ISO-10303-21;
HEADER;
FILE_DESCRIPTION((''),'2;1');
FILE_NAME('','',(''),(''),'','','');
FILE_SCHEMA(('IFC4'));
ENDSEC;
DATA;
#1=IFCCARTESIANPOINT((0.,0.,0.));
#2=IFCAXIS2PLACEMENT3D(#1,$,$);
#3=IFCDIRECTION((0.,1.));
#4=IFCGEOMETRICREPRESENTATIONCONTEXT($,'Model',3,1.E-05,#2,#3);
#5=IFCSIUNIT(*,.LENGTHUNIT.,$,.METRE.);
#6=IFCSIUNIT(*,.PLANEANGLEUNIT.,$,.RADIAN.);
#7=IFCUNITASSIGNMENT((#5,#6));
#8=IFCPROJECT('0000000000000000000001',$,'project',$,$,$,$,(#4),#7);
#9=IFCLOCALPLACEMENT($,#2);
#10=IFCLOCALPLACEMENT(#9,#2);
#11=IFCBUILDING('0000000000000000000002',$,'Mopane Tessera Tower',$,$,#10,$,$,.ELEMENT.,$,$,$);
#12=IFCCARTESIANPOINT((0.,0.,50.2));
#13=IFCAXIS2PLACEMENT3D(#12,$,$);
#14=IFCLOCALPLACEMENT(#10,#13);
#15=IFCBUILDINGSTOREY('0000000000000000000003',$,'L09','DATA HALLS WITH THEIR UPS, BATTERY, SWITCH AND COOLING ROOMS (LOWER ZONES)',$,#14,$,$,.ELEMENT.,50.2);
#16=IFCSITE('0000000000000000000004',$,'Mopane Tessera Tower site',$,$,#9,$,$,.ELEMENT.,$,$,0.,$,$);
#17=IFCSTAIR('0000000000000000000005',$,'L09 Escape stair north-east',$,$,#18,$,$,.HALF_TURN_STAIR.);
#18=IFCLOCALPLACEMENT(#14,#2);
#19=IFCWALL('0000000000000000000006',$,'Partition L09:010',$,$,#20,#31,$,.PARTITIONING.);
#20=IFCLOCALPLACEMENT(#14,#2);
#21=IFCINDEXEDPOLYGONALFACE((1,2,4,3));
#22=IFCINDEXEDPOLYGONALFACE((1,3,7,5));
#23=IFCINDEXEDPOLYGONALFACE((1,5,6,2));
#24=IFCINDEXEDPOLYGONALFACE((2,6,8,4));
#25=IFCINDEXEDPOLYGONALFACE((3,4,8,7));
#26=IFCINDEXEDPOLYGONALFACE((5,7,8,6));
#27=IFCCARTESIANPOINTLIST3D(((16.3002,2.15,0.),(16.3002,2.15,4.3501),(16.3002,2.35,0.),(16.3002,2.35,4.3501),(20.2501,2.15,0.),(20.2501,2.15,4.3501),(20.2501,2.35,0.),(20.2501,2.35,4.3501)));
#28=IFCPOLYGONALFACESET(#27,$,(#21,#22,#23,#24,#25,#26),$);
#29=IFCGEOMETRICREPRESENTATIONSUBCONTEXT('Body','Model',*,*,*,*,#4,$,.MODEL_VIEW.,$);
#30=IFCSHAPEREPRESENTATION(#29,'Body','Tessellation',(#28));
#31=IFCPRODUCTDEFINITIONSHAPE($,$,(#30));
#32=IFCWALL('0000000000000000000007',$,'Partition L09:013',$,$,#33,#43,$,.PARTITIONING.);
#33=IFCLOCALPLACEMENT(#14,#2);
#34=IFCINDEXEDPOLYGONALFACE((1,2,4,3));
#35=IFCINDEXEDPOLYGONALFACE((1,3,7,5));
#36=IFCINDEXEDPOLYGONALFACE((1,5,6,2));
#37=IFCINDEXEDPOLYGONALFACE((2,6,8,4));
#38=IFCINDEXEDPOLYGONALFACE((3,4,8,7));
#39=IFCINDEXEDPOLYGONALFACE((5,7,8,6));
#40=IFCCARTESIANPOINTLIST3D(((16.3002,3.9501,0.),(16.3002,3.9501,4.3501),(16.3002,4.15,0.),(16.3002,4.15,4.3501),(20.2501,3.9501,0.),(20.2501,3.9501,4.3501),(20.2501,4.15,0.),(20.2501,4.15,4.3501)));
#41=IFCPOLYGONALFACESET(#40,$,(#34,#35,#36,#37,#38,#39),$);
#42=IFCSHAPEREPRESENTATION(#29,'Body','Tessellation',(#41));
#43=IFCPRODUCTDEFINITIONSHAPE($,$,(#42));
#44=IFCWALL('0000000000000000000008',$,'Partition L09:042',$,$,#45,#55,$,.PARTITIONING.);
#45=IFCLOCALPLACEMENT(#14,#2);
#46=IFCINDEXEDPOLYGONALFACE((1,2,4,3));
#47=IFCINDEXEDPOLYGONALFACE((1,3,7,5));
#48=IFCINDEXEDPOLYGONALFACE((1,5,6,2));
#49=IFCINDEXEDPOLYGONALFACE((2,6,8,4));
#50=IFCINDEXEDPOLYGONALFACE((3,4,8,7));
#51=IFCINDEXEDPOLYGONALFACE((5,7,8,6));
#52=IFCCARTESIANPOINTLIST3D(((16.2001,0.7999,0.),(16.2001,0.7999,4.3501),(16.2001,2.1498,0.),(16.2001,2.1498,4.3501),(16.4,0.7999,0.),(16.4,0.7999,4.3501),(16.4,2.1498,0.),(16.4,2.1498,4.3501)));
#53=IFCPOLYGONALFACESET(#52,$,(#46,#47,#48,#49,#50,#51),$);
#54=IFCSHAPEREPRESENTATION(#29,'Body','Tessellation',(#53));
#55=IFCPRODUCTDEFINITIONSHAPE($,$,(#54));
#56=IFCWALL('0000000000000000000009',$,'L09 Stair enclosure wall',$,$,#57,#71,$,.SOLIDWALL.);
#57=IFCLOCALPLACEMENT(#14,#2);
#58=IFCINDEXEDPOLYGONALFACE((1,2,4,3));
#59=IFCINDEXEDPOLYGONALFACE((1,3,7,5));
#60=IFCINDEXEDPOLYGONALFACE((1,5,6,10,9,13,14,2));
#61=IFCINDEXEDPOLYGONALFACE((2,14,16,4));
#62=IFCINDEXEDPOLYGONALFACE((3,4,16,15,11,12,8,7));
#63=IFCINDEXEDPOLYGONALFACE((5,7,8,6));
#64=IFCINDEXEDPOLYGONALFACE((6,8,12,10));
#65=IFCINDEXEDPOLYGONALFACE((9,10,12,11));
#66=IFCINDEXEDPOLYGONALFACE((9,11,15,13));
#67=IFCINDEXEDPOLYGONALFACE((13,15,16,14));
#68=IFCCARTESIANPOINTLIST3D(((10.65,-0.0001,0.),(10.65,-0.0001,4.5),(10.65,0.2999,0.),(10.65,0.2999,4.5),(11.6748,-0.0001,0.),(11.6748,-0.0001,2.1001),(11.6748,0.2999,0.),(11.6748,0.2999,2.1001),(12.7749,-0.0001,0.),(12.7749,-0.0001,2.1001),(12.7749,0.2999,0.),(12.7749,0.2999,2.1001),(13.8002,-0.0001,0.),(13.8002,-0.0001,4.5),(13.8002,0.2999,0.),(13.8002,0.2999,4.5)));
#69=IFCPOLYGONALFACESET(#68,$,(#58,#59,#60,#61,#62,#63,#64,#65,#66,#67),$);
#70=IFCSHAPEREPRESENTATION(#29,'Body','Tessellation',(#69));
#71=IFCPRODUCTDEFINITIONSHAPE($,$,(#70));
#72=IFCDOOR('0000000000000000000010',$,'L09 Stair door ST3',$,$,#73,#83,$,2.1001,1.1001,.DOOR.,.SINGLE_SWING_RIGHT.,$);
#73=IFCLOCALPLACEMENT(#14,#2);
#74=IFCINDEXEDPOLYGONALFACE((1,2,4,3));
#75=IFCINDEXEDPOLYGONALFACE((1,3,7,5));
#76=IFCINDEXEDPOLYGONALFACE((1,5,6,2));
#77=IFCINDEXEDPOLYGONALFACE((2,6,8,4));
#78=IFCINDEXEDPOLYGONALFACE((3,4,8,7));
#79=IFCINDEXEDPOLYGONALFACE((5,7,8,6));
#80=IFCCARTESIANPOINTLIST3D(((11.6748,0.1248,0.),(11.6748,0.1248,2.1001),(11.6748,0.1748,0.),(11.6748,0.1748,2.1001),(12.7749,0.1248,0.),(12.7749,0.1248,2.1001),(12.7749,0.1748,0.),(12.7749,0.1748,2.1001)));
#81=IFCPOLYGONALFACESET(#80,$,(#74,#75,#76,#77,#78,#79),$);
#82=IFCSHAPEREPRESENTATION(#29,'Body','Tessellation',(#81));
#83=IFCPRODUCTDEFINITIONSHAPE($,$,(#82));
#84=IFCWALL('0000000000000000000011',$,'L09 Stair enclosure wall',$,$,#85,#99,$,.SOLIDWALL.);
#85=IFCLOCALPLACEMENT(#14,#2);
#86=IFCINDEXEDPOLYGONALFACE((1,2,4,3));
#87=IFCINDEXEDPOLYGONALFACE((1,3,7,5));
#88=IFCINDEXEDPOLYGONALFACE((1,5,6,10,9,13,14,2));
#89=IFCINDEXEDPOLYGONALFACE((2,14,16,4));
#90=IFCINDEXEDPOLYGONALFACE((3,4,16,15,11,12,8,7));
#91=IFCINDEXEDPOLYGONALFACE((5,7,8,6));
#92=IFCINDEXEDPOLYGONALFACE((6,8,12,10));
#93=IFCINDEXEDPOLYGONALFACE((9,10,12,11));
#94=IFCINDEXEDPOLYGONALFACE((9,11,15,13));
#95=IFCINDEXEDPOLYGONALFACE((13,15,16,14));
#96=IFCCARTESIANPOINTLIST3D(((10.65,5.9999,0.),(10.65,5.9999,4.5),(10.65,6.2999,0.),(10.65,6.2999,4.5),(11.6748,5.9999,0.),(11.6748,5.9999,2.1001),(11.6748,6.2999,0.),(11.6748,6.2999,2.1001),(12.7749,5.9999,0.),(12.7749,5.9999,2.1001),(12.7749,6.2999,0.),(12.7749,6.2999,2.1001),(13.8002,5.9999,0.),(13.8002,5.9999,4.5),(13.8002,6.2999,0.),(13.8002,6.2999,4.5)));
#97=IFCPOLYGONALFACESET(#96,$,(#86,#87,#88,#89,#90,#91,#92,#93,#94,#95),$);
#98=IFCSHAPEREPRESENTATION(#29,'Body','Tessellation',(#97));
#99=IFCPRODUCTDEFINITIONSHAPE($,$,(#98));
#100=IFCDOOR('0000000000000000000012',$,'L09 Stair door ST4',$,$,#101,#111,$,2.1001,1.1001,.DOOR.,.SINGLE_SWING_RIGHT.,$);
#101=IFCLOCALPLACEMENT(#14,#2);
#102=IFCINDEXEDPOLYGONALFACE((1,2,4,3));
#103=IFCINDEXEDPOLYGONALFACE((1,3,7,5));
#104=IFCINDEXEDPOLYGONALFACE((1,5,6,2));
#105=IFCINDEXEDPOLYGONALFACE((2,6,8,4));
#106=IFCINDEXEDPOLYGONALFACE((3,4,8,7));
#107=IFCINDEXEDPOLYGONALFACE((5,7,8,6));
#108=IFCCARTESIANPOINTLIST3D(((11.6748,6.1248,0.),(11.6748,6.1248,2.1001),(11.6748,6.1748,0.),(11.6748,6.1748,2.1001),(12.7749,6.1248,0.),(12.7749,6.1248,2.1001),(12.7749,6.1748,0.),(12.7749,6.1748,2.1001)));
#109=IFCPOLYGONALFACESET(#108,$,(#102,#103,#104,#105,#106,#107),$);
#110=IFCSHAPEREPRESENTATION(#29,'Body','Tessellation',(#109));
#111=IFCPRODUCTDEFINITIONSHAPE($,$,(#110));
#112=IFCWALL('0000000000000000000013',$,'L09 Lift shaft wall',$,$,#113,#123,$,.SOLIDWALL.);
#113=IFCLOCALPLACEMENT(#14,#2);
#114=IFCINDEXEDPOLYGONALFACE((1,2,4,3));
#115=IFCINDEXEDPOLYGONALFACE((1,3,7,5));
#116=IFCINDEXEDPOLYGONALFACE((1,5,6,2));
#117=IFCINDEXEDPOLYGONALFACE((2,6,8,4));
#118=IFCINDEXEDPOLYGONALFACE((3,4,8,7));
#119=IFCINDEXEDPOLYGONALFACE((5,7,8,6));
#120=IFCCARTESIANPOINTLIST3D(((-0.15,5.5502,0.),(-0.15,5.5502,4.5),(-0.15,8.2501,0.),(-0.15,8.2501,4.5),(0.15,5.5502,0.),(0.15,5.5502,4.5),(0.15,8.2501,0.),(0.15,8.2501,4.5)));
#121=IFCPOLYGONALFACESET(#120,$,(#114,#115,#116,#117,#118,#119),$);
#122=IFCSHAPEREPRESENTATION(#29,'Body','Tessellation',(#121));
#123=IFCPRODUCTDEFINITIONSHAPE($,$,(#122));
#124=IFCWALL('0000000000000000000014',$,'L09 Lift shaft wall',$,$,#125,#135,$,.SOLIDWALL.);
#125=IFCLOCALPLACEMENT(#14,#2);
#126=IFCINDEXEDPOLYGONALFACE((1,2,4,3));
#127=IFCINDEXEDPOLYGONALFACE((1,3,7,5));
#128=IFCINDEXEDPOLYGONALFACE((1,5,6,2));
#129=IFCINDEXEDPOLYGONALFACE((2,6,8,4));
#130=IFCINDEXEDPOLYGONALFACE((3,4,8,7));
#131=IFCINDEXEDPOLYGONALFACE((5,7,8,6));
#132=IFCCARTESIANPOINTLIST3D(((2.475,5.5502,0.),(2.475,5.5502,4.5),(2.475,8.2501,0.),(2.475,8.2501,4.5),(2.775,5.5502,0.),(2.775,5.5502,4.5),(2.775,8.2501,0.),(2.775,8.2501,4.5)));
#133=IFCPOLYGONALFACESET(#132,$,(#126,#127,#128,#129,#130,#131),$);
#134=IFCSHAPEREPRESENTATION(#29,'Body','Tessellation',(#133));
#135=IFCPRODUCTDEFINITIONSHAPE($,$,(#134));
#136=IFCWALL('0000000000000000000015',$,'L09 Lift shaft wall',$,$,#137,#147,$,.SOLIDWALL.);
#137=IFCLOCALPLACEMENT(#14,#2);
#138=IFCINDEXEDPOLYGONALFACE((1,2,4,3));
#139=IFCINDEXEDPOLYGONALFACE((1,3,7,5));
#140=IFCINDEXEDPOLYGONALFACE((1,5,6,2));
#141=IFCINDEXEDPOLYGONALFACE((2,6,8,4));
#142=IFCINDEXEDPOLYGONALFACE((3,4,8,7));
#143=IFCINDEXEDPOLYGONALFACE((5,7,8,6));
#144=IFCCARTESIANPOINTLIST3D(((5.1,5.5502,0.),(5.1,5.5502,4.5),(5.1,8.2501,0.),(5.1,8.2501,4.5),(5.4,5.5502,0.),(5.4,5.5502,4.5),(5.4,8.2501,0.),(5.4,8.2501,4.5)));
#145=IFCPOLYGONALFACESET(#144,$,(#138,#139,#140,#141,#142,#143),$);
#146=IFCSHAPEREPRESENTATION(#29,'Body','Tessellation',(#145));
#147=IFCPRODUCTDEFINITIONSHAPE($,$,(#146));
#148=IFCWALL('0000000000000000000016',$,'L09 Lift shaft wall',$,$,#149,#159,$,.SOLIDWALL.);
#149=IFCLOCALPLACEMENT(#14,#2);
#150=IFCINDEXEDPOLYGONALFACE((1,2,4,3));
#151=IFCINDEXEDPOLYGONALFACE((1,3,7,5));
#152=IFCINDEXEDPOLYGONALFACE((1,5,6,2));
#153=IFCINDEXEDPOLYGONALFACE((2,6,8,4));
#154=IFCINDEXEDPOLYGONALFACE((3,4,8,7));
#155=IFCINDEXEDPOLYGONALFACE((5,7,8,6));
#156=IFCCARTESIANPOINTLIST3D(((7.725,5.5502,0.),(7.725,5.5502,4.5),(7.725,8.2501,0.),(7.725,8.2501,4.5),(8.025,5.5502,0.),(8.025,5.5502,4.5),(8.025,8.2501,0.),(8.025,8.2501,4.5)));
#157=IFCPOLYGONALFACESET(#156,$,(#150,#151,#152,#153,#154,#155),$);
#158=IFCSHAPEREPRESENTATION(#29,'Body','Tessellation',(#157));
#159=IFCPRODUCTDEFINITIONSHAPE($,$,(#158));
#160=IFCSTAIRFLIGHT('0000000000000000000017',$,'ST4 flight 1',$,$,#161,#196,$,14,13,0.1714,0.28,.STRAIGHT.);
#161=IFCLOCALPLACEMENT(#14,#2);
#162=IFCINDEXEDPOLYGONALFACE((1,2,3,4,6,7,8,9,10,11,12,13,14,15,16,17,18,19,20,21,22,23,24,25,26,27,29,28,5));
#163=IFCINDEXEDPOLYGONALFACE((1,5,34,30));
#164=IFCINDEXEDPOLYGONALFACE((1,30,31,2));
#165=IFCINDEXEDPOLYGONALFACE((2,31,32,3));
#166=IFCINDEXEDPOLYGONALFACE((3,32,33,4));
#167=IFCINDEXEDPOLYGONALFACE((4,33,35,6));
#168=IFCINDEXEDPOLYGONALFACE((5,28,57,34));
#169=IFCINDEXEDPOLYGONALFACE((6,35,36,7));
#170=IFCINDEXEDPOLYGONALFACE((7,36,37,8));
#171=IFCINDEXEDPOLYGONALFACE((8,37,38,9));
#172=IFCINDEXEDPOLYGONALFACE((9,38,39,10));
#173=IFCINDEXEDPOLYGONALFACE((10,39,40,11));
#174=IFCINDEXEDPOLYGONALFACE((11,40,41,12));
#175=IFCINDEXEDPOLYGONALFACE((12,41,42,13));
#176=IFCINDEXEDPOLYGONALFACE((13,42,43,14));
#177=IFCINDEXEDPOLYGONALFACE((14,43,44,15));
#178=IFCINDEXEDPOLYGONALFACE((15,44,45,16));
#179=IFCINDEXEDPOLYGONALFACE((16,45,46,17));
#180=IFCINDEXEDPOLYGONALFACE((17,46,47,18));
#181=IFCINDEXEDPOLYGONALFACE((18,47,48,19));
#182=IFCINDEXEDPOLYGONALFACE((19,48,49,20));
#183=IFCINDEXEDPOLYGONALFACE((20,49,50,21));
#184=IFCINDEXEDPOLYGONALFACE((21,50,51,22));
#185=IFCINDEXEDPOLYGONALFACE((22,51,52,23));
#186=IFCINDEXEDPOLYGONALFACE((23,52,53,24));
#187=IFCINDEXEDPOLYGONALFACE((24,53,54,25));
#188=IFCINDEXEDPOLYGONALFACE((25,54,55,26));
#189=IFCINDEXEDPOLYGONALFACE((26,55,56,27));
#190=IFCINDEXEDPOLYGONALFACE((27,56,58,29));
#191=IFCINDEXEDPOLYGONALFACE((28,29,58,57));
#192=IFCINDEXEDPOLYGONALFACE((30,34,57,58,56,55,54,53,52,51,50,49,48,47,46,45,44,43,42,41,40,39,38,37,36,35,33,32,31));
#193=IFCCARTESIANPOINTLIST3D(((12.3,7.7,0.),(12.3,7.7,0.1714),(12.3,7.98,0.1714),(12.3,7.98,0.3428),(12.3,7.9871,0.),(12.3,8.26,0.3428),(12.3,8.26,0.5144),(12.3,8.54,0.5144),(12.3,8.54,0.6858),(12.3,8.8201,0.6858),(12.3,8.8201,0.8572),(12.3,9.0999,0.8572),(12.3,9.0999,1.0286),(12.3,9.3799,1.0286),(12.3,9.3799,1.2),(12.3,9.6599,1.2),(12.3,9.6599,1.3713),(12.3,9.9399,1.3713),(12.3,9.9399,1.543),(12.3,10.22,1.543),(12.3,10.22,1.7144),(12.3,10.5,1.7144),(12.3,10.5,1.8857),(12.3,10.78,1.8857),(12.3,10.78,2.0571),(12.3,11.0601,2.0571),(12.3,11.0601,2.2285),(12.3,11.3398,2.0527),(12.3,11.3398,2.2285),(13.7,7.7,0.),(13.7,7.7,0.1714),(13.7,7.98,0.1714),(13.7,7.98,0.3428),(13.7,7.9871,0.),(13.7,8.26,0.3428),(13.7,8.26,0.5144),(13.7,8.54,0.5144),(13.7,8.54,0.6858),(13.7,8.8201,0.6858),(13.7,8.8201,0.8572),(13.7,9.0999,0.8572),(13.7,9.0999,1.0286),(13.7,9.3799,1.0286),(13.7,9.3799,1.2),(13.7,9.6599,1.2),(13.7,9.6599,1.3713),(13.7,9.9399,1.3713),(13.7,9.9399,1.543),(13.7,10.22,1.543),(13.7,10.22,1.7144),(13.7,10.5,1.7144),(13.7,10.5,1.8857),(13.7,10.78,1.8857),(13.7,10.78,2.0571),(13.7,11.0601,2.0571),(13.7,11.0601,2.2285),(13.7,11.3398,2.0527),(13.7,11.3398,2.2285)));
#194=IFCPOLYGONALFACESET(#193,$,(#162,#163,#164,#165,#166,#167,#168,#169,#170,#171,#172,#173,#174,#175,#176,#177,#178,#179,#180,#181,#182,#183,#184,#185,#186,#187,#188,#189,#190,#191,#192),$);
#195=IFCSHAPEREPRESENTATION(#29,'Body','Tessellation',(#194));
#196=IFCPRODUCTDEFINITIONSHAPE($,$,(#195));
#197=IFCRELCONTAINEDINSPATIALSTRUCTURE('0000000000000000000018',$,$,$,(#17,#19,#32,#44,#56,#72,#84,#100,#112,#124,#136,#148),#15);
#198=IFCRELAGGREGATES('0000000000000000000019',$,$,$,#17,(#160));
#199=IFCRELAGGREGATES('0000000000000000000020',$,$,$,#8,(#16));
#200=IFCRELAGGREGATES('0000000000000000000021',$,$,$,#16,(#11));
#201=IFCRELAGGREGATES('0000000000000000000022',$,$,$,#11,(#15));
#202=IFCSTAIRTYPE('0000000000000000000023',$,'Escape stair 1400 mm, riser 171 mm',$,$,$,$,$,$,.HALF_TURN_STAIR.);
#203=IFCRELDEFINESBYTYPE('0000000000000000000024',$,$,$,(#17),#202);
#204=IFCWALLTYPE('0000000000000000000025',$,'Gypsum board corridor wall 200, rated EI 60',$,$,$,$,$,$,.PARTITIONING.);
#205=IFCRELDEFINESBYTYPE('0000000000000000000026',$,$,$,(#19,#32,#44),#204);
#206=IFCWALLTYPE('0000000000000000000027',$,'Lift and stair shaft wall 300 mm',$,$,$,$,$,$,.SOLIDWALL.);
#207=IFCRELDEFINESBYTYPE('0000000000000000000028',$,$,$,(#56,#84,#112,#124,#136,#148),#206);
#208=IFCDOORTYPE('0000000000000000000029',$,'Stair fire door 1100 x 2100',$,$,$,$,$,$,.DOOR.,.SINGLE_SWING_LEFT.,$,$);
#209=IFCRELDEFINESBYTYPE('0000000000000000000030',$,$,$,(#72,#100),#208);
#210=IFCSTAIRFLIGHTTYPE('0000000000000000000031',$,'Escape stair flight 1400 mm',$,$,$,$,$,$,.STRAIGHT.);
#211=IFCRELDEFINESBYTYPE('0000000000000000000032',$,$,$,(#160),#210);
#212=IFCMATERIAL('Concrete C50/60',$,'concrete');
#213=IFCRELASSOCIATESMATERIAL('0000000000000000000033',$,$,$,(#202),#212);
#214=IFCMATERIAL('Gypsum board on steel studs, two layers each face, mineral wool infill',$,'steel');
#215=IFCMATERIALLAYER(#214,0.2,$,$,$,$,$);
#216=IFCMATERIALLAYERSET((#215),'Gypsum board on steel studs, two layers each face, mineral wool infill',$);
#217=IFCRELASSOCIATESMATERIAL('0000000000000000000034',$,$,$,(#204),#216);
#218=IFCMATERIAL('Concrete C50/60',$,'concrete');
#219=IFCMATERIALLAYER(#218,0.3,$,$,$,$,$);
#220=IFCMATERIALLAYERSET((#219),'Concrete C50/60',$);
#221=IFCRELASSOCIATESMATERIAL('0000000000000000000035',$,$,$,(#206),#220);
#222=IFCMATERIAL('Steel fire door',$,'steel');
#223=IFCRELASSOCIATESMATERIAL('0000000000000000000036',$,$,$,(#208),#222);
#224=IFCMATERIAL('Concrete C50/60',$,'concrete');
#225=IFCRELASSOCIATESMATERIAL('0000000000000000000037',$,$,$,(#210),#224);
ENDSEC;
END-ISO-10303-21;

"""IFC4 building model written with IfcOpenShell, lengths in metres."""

from ifc_helpers import new_model, si_unit, direction, frame, frame_2d, origin, place, context, subcontext, project, spatial, polyline, rectangle, outline, extrude, material, layer, layer_set, type_object, element, fill, aggregate, save


model = new_model("IFC4")

# Units and contexts
model_context = context("Model", 3, precision=1e-05, world=origin(), true_north=direction((0.0, 1.0)))
body_context = subcontext(model_context, "Body", "Model", "MODEL_VIEW")
ifc_project = project(units=[si_unit("LENGTHUNIT", "METRE"), si_unit("PLANEANGLEUNIT", "RADIAN")], contexts=[model_context])

# Site, building, storey
site_placement = place(None, origin())
site = spatial("IfcSite", under=ifc_project, at=site_placement, Name="Mopane Tessera Tower site", CompositionType="ELEMENT", RefElevation=0.0)
building_placement = place(site_placement, origin())
building = spatial("IfcBuilding", under=site, at=building_placement, Name="Mopane Tessera Tower", CompositionType="ELEMENT")
storey_placement = place(building_placement, frame((0.0, 0.0, 50.2)))
storey = spatial("IfcBuildingStorey", under=building, at=storey_placement, Name="L09", Description="DATA HALLS WITH THEIR UPS, BATTERY, SWITCH AND COOLING ROOMS (LOWER ZONES)", CompositionType="ELEMENT", Elevation=50.2)

# Stair
ifc_material_1 = material(Name="Concrete C50/60", Category="concrete")
stair_type = type_object("IfcStairType", Name="Escape stair 1400 mm, riser 171 mm", PredefinedType="HALF_TURN_STAIR", material=ifc_material_1)
stair_placement = place(storey_placement, origin())
stair = element("IfcStair", 1, at=stair_placement, inside=storey, type_object=stair_type, Name="L09 Escape stair north-east", PredefinedType="HALF_TURN_STAIR")

# Walls
ifc_material_2 = material(Name="Gypsum board on steel studs, two layers each face, mineral wool infill", Category="steel")
ifc_layer_1 = layer(ifc_material_2, 0.2)
ifc_layer_set_1 = layer_set([ifc_layer_1], Name="Gypsum board on steel studs, two layers each face, mineral wool infill")
wall_type_1 = type_object("IfcWallType", Name="Gypsum board corridor wall 200, rated EI 60", PredefinedType="PARTITIONING", material=ifc_layer_set_1)
for number, where, z_axis, x_axis, name in (
    (2, (16.3, 2.25, 0.0), (0.0, 0.0, 1.0), (1.0, 0.0, 0.0), "Partition L09:010"),
    (3, (16.3, 4.05, 0.0), (0.0, 0.0, 1.0), (1.0, 0.0, 0.0), "Partition L09:013"),
):
    element("IfcWall", number, at=place(storey_placement, frame(where, z_axis=z_axis, x_axis=x_axis)), inside=storey, type_object=wall_type_1, Name=name, PredefinedType="PARTITIONING", context=body_context, shape_type="SweptSolid", body=[
        extrude(rectangle(XDim=3.95, YDim=0.2, at=frame_2d((1.9751, 0.0))), origin(), (0.0, 0.0, 1.0), 4.3501),
    ])
wall_1_placement = place(storey_placement, frame((16.3, 0.8, 0.0), z_axis=(0.0, 0.0, 1.0), x_axis=(0.0, 1.0, 0.0)))
element("IfcWall", 4, at=wall_1_placement, inside=storey, type_object=wall_type_1, Name="Partition L09:042", PredefinedType="PARTITIONING", context=body_context, shape_type="SweptSolid", body=[
    extrude(rectangle(XDim=1.3499, YDim=0.2, at=frame_2d((0.6748, 0.0))), origin(), (0.0, 0.0, 1.0), 4.3501),
])

# Walls, openings, doors
ifc_material_3 = material(Name="Concrete C50/60", Category="concrete")
ifc_layer_2 = layer(ifc_material_3, 0.3)
ifc_layer_set_2 = layer_set([ifc_layer_2], Name="Concrete C50/60")
wall_type_2 = type_object("IfcWallType", Name="Lift and stair shaft wall 300 mm", PredefinedType="SOLIDWALL", material=ifc_layer_set_2)
wall_2_placement = place(storey_placement, frame((10.6499, 0.1499, 0.0), z_axis=(0.0, 0.0, 1.0), x_axis=(1.0, 0.0, 0.0)))
wall_2 = element("IfcWall", 5, at=wall_2_placement, inside=storey, type_object=wall_type_2, Name="L09 Stair enclosure wall", PredefinedType="SOLIDWALL", context=body_context, shape_type="SweptSolid", body=[
    extrude(rectangle(XDim=3.1501, YDim=0.3, at=frame_2d((1.5752, 0.0))), origin(), (0.0, 0.0, 1.0), 4.5),
])
opening_1_placement = place(wall_2_placement, frame((1.0249, 0.0, 0.0)))
opening_1 = element("IfcOpeningElement", 6, at=opening_1_placement, cuts=wall_2, PredefinedType="OPENING", context=body_context, shape_type="SweptSolid", body=[
    extrude(rectangle(XDim=1.1001, YDim=2.1001, at=frame_2d((0.55, 1.05))), frame((0.0, 0.1621, 0.0), z_axis=(0.0, -1.0, 0.0), x_axis=(1.0, 0.0, 0.0)), (0.0, 0.0, 1.0), 0.324),
])
ifc_material_4 = material(Name="Steel fire door", Category="steel")
door_type = type_object("IfcDoorType", Name="Stair fire door 1100 x 2100", OperationType="SINGLE_SWING_LEFT", PredefinedType="DOOR", material=ifc_material_4)
door_1_placement = place(opening_1_placement, origin())
door_1 = element("IfcDoor", 7, at=door_1_placement, inside=storey, type_object=door_type, Name="L09 Stair door ST3", OperationType="SINGLE_SWING_RIGHT", OverallHeight=2.1001, OverallWidth=1.1001, PredefinedType="DOOR", context=body_context, shape_type="SweptSolid", body=[
    extrude(rectangle(XDim=1.1001, YDim=2.1001, at=frame_2d((0.55, 1.05))), frame((0.0, 0.0249, 0.0), z_axis=(0.0, -1.0, 0.0), x_axis=(1.0, 0.0, 0.0)), (0.0, 0.0, 1.0), 0.05),
])
fill(opening_1, door_1)
wall_3_placement = place(storey_placement, frame((10.6499, 6.1499, 0.0), z_axis=(0.0, 0.0, 1.0), x_axis=(1.0, 0.0, 0.0)))
wall_3 = element("IfcWall", 8, at=wall_3_placement, inside=storey, type_object=wall_type_2, Name="L09 Stair enclosure wall", PredefinedType="SOLIDWALL", context=body_context, shape_type="SweptSolid", body=[
    extrude(rectangle(XDim=3.1501, YDim=0.3, at=frame_2d((1.5752, 0.0))), origin(), (0.0, 0.0, 1.0), 4.5),
])
opening_2_placement = place(wall_3_placement, frame((1.0249, 0.0, 0.0)))
opening_2 = element("IfcOpeningElement", 9, at=opening_2_placement, cuts=wall_3, PredefinedType="OPENING", context=body_context, shape_type="SweptSolid", body=[
    extrude(rectangle(XDim=1.1001, YDim=2.1001, at=frame_2d((0.55, 1.05))), frame((0.0, 0.1621, 0.0), z_axis=(0.0, -1.0, 0.0), x_axis=(1.0, 0.0, 0.0)), (0.0, 0.0, 1.0), 0.324),
])
door_2_placement = place(opening_2_placement, origin())
door_2 = element("IfcDoor", 10, at=door_2_placement, inside=storey, type_object=door_type, Name="L09 Stair door ST4", OperationType="SINGLE_SWING_RIGHT", OverallHeight=2.1001, OverallWidth=1.1001, PredefinedType="DOOR", context=body_context, shape_type="SweptSolid", body=[
    extrude(rectangle(XDim=1.1001, YDim=2.1001, at=frame_2d((0.55, 1.05))), frame((0.0, 0.0249, 0.0), z_axis=(0.0, -1.0, 0.0), x_axis=(1.0, 0.0, 0.0)), (0.0, 0.0, 1.0), 0.05),
])
fill(opening_2, door_2)

# Walls
for number, where, z_axis, x_axis, name in (
    (11, (0.0, 5.55, 0.0), (0.0, 0.0, 1.0), (0.0, 1.0, 0.0), "L09 Lift shaft wall"),
    (12, (2.625, 5.55, 0.0), (0.0, 0.0, 1.0), (0.0, 1.0, 0.0), "L09 Lift shaft wall"),
    (13, (5.25, 5.55, 0.0), (0.0, 0.0, 1.0), (0.0, 1.0, 0.0), "L09 Lift shaft wall"),
    (14, (7.875, 5.55, 0.0), (0.0, 0.0, 1.0), (0.0, 1.0, 0.0), "L09 Lift shaft wall"),
):
    element("IfcWall", number, at=place(storey_placement, frame(where, z_axis=z_axis, x_axis=x_axis)), inside=storey, type_object=wall_type_2, Name=name, PredefinedType="SOLIDWALL", context=body_context, shape_type="SweptSolid", body=[
        extrude(rectangle(XDim=2.7, YDim=0.3, at=frame_2d((1.3501, 0.0))), origin(), (0.0, 0.0, 1.0), 4.5),
    ])

# Stair flight
ifc_material_5 = material(Name="Concrete C50/60", Category="concrete")
stair_flight_type = type_object("IfcStairFlightType", Name="Escape stair flight 1400 mm", PredefinedType="STRAIGHT", material=ifc_material_5)
stair_flight_placement = place(storey_placement, frame((13.0, 7.7, 0.0), z_axis=(0.0, 0.0, 1.0), x_axis=(0.0, 1.0, 0.0)))
stair_flight = element("IfcStairFlight", 15, at=stair_flight_placement, type_object=stair_flight_type, Name="ST4 flight 1", NumberOfRisers=14, NumberOfTreads=13, PredefinedType="STRAIGHT", RiserHeight=0.1714, TreadLength=0.28, context=body_context, shape_type="SweptSolid", body=[
    extrude(outline(polyline([(0.0, 0.0), (0.0, 0.1714), (0.28, 0.1714), (0.28, 0.3428), (0.5601, 0.3428), (0.5601, 0.5144), (0.8401, 0.5144), (0.8401, 0.6858), (1.1201, 0.6858), (1.1201, 0.8572), (1.3999, 0.8572), (1.3999, 1.0286), (1.6799, 1.0286), (1.6799, 1.2), (1.96, 1.2), (1.96, 1.3713), (2.24, 1.3713), (2.24, 1.543), (2.52, 1.543), (2.52, 1.7144), (2.8, 1.7144), (2.8, 1.8857), (3.0801, 1.8857), (3.0801, 2.0571), (3.3601, 2.0571), (3.3601, 2.2285), (3.6399, 2.2285), (3.6399, 2.3999), (3.6399, 2.0527), (0.2871, 0.0), (0.0, 0.0)])), frame((0.0, 0.7, 0.0), z_axis=(0.0, -1.0, 0.0), x_axis=(1.0, 0.0, 0.0)), (0.0, 0.0, 1.0), 1.3999),
])
aggregate(stair, [stair_flight])

save(model, "model.ifc")
